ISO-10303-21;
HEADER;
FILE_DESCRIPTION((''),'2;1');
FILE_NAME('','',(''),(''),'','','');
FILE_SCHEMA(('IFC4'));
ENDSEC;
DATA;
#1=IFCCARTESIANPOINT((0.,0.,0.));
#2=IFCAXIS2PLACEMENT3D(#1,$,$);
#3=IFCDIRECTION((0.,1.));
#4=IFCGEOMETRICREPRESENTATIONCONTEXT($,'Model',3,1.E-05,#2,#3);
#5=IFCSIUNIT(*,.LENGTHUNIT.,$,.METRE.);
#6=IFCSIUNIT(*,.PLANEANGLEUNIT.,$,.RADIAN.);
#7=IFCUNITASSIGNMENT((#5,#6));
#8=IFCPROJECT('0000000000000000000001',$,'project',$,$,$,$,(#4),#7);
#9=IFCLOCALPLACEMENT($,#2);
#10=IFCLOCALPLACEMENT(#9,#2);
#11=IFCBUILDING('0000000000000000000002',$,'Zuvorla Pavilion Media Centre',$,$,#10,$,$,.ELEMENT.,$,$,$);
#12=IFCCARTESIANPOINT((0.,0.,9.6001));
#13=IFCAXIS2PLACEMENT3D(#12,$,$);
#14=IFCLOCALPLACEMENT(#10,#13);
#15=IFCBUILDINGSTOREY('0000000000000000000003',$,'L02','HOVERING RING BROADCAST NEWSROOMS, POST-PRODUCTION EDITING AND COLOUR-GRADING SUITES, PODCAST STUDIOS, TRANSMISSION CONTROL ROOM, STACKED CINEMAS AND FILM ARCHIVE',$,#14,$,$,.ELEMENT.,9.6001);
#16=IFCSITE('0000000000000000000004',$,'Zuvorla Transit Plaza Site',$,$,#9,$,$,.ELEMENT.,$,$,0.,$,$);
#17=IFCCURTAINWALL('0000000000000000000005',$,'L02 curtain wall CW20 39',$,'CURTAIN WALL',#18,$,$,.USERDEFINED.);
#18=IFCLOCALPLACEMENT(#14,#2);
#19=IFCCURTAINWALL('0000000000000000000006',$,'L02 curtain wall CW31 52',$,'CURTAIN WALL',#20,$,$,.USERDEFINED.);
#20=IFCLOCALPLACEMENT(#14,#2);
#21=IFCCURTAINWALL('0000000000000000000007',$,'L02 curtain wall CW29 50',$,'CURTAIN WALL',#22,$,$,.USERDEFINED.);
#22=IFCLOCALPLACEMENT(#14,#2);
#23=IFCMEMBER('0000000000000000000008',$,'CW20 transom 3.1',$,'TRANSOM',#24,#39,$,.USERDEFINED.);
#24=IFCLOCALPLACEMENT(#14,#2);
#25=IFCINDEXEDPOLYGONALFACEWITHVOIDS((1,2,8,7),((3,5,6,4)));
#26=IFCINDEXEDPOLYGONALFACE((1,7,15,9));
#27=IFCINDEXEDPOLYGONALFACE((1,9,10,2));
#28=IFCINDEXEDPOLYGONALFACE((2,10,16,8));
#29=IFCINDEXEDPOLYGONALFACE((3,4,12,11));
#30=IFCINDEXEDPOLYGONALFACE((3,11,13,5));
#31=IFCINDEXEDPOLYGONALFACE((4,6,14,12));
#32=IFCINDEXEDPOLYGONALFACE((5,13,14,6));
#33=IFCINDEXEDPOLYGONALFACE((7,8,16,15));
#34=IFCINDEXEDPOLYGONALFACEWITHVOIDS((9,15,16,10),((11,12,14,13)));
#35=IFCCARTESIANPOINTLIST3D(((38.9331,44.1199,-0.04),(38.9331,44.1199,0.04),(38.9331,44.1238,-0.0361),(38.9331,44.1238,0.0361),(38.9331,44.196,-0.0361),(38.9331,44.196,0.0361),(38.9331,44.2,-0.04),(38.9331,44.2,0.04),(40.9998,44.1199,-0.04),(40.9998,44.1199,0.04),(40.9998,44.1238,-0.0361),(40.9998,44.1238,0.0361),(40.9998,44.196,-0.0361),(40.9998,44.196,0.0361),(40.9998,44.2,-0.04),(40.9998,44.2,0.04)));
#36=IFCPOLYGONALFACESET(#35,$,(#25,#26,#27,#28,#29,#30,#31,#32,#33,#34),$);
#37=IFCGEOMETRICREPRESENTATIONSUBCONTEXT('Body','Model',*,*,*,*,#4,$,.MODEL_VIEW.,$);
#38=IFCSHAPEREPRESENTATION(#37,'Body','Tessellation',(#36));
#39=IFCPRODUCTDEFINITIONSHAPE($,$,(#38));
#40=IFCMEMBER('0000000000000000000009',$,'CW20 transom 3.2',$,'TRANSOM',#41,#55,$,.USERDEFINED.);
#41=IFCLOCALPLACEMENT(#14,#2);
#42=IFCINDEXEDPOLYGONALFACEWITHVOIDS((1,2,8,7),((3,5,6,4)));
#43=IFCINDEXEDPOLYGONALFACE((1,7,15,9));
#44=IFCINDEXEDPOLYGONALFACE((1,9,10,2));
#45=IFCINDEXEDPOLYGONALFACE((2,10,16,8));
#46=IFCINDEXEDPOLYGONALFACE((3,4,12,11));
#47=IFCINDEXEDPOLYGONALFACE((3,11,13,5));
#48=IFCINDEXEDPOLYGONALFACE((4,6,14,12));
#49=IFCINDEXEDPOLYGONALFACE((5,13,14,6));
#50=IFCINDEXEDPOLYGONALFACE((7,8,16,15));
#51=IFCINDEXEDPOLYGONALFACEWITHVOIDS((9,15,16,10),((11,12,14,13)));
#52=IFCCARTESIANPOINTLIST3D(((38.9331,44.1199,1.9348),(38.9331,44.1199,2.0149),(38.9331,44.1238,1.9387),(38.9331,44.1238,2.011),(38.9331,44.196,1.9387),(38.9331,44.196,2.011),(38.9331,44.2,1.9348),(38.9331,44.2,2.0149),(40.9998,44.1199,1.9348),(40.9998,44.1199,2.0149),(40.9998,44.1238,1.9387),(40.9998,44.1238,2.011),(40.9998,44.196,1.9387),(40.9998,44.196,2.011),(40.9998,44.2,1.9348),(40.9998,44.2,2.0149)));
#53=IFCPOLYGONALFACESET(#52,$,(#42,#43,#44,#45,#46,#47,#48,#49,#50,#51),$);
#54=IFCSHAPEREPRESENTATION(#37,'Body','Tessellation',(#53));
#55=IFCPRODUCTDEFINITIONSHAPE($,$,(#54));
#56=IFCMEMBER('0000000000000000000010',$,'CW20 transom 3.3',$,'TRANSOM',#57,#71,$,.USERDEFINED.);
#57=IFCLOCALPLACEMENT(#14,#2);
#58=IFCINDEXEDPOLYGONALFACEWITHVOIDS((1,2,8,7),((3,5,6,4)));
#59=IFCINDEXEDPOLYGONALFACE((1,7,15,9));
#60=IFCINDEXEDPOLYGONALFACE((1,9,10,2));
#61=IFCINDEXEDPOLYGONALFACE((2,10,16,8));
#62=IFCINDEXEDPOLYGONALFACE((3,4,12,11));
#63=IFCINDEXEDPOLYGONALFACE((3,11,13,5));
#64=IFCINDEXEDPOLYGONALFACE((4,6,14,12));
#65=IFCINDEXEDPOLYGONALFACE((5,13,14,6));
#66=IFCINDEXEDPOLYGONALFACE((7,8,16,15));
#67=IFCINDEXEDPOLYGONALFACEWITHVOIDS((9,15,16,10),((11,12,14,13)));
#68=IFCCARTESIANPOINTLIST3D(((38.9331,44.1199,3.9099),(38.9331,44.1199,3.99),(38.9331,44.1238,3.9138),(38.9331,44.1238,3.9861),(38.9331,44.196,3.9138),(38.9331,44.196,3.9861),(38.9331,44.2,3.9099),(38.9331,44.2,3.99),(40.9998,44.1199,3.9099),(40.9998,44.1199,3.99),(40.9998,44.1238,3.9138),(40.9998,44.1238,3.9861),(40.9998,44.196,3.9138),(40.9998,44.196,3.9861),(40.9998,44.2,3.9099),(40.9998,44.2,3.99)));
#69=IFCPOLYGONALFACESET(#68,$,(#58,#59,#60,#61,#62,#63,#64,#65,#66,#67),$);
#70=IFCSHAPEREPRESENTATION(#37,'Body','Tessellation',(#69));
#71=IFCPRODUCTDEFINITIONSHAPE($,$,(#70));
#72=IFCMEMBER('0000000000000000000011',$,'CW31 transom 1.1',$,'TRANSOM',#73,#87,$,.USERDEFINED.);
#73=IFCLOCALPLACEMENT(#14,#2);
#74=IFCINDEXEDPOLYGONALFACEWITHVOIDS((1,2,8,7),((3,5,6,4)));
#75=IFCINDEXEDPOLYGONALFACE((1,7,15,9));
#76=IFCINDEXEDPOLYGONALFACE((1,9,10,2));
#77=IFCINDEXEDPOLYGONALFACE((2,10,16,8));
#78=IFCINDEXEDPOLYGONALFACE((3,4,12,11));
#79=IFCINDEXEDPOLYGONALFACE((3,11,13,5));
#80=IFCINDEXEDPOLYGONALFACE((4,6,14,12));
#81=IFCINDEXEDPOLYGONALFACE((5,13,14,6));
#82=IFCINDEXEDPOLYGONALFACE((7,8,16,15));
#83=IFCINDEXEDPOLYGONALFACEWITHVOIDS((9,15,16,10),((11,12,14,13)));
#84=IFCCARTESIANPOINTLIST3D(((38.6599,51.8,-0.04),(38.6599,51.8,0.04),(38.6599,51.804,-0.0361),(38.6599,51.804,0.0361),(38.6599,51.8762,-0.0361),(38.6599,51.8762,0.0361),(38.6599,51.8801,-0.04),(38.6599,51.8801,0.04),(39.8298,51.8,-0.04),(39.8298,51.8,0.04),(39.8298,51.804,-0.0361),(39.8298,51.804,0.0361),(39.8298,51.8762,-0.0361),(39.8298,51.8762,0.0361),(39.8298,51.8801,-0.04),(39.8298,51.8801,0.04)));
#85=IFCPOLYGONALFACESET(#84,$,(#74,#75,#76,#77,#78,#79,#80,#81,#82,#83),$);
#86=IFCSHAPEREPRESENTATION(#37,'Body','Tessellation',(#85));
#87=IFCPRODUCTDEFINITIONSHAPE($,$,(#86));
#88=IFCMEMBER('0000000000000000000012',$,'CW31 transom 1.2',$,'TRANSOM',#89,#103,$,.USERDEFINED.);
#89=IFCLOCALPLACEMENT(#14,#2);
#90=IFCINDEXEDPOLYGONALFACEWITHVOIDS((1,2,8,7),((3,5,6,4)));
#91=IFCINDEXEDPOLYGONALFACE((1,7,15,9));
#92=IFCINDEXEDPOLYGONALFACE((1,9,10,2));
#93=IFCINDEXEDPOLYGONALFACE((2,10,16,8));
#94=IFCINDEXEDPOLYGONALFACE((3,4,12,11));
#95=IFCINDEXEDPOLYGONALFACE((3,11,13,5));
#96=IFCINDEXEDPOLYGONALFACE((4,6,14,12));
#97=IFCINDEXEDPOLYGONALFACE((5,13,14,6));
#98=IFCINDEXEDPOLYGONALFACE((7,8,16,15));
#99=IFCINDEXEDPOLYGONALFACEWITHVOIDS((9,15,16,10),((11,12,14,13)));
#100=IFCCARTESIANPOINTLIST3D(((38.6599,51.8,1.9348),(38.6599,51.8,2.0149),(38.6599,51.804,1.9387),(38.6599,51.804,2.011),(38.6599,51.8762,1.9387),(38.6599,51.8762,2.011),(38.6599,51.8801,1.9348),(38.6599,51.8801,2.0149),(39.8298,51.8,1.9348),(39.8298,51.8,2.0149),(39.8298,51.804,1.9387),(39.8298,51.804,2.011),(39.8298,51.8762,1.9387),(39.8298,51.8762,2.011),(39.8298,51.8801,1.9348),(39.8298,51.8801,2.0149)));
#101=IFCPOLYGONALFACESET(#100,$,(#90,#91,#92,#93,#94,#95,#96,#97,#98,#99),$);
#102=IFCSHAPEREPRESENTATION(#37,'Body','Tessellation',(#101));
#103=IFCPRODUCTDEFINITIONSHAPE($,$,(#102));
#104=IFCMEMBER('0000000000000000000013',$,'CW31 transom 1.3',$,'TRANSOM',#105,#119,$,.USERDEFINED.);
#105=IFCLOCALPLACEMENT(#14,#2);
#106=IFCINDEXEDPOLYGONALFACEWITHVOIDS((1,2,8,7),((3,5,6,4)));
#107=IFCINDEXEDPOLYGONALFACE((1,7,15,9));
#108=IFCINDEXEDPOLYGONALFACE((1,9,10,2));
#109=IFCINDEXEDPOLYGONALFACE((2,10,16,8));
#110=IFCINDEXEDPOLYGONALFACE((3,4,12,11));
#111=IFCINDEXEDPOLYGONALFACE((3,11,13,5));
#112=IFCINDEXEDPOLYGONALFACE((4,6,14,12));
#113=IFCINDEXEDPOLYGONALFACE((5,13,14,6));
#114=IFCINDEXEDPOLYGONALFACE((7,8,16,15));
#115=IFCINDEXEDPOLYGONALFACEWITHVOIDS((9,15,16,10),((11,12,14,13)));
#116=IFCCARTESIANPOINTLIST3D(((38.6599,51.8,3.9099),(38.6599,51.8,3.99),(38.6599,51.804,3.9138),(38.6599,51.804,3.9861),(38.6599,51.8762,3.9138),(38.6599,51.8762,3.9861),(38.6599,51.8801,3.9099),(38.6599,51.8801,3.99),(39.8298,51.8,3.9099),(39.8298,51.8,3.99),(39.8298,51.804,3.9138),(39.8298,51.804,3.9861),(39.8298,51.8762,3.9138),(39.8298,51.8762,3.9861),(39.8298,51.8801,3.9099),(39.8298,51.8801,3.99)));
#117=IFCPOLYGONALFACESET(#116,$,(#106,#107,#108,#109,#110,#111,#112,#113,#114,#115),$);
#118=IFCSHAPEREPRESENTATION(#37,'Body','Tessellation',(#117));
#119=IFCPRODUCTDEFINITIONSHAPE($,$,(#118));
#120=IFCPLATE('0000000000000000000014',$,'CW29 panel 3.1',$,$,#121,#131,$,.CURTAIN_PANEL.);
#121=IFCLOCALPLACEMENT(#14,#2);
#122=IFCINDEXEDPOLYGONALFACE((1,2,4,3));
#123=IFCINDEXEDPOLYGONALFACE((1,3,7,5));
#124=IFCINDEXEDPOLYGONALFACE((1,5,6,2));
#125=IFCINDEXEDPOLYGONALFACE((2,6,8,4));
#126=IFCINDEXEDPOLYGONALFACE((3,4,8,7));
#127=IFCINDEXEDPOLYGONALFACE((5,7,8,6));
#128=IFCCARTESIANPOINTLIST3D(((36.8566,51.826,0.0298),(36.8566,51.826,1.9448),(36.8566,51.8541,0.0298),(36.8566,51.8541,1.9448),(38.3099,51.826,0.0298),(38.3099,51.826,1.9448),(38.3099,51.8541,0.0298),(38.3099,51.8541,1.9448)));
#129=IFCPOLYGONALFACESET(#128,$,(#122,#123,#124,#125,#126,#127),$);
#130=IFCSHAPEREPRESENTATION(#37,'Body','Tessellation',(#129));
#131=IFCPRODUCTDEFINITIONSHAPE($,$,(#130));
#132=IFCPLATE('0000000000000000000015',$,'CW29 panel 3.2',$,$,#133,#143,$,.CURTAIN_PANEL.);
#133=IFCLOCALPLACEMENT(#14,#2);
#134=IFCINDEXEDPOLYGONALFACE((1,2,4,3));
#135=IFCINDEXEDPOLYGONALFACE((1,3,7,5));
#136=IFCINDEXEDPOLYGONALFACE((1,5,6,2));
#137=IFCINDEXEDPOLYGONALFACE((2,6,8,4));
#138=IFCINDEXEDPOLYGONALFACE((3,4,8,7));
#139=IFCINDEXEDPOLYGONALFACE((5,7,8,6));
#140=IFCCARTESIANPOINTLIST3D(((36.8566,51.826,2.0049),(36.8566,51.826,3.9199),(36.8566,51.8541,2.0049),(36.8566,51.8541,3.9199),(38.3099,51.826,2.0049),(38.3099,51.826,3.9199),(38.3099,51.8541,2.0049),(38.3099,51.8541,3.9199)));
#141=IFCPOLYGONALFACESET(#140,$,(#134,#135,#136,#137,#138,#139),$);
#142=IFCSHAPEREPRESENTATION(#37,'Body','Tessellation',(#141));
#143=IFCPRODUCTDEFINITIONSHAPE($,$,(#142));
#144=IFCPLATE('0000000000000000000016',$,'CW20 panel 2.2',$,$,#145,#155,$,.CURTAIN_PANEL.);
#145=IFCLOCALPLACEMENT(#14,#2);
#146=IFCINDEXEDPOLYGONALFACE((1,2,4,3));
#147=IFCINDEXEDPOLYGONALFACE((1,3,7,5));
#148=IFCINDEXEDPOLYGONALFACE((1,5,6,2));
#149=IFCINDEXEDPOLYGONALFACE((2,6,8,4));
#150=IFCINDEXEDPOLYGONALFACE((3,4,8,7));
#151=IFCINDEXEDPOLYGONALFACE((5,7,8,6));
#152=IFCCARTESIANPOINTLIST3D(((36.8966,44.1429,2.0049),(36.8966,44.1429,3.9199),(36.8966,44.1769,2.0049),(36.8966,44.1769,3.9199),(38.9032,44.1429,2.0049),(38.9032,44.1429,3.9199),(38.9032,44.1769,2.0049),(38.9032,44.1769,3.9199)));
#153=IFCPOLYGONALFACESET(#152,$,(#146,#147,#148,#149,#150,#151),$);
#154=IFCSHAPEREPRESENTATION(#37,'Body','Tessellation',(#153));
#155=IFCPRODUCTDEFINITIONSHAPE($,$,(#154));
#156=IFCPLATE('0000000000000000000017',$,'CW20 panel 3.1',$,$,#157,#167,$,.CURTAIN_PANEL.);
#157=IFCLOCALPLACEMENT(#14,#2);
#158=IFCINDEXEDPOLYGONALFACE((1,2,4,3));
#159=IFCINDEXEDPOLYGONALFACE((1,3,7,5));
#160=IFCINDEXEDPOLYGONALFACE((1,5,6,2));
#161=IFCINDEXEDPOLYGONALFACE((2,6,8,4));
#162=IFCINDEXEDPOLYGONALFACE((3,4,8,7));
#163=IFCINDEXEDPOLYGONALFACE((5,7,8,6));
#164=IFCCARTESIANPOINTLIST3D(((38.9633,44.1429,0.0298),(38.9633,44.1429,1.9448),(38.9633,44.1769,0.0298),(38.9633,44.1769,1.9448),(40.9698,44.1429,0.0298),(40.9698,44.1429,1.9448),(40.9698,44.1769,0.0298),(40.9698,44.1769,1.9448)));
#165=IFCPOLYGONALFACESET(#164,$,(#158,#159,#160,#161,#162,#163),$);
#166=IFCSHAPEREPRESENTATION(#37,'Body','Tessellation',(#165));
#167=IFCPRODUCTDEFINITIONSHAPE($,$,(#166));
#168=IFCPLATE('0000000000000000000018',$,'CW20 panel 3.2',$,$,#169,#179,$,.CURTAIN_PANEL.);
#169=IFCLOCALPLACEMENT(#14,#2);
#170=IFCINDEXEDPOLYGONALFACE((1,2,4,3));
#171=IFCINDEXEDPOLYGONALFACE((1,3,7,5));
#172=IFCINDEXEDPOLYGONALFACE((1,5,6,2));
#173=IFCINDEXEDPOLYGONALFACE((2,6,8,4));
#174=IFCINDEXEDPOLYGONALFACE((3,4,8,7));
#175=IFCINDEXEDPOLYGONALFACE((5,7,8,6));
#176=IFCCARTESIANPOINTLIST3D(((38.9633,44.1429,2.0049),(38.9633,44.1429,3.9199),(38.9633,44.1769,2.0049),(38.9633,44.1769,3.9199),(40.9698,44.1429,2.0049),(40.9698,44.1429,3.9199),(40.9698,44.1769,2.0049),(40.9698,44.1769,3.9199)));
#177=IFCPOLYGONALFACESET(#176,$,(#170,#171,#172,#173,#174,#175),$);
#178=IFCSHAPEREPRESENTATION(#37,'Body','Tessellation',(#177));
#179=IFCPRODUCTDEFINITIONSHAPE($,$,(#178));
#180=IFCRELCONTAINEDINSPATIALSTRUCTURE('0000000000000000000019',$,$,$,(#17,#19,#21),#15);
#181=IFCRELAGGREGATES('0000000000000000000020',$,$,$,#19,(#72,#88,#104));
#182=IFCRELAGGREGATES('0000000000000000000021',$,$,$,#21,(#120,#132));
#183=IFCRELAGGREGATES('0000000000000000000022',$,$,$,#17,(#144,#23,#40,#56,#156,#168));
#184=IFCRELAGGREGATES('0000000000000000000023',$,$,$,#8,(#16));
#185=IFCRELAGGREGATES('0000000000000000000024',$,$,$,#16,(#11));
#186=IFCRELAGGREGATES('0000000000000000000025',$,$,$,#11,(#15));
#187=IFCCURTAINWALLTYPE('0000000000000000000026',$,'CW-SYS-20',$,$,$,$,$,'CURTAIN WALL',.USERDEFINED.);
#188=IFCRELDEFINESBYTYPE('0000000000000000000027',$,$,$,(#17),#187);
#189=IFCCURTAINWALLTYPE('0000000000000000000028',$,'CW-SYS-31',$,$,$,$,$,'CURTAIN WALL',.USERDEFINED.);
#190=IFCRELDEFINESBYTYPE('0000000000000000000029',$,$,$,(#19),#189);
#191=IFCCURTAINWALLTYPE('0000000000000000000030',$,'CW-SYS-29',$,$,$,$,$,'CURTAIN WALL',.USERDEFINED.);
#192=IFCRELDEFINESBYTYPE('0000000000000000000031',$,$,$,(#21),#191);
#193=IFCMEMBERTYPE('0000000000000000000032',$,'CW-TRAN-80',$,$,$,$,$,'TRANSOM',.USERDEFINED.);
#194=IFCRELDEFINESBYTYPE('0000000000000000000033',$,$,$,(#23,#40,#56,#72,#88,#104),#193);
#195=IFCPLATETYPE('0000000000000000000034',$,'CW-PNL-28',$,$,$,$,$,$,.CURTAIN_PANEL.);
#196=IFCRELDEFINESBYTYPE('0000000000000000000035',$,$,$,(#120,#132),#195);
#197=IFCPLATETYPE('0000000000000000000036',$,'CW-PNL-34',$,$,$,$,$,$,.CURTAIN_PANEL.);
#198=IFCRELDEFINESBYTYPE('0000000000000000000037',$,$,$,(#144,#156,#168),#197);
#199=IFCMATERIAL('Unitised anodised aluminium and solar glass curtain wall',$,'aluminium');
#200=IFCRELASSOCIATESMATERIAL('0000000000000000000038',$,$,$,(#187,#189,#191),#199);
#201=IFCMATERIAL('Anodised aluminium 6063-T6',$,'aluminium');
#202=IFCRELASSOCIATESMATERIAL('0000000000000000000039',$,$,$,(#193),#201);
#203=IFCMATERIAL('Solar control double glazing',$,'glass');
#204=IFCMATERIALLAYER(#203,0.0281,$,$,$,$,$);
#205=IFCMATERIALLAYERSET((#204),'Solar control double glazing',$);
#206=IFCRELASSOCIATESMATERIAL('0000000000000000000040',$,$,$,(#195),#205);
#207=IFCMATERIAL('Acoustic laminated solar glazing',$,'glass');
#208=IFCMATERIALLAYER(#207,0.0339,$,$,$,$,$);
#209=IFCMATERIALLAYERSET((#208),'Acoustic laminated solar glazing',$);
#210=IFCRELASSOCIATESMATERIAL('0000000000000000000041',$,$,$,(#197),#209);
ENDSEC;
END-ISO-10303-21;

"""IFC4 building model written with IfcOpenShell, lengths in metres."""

from ifc_helpers import new_model, si_unit, direction, frame, origin, origin_2d, place, context, subcontext, project, spatial, rectangle, hollow_rectangle, extrude, material, layer, layer_set, material_profile, profile_set, type_object, element, aggregate, save


model = new_model("IFC4")

# Units and contexts
model_context = context("Model", 3, precision=1e-05, world=origin(), true_north=direction((0.0, 1.0)))
body_context = subcontext(model_context, "Body", "Model", "MODEL_VIEW")
ifc_project = project(units=[si_unit("LENGTHUNIT", "METRE"), si_unit("PLANEANGLEUNIT", "RADIAN")], contexts=[model_context])

# Site, building, storey
site_placement = place(None, origin())
site = spatial("IfcSite", under=ifc_project, at=site_placement, Name="Zuvorla Transit Plaza Site", CompositionType="ELEMENT", RefElevation=0.0)
building_placement = place(site_placement, origin())
building = spatial("IfcBuilding", under=site, at=building_placement, Name="Zuvorla Pavilion Media Centre", CompositionType="ELEMENT")
storey_placement = place(building_placement, frame((0.0, 0.0, 9.6001)))
storey = spatial("IfcBuildingStorey", under=building, at=storey_placement, Name="L02", Description="HOVERING RING BROADCAST NEWSROOMS, POST-PRODUCTION EDITING AND COLOUR-GRADING SUITES, PODCAST STUDIOS, TRANSMISSION CONTROL ROOM, STACKED CINEMAS AND FILM ARCHIVE", CompositionType="ELEMENT", Elevation=9.6001)

# Curtain wall
ifc_material_1 = material(Name="Unitised anodised aluminium and solar glass curtain wall", Category="aluminium")
curtain_wall_type_1 = type_object("IfcCurtainWallType", Name="CW-SYS-20", ElementType="CURTAIN WALL", PredefinedType="USERDEFINED", material=ifc_material_1)
curtain_wall_1_placement = place(storey_placement, origin())
curtain_wall_1 = element("IfcCurtainWall", 1, at=curtain_wall_1_placement, inside=storey, type_object=curtain_wall_type_1, Name="L02 curtain wall CW20 39", ObjectType="CURTAIN WALL", PredefinedType="USERDEFINED")
ifc_material_2 = material(Name="Anodised aluminium 6063-T6", Category="aluminium")

# Curtain walls
curtain_wall_type_2 = type_object("IfcCurtainWallType", Name="CW-SYS-31", ElementType="CURTAIN WALL", PredefinedType="USERDEFINED", material=ifc_material_1)
curtain_wall_2_placement = place(storey_placement, origin())
curtain_wall_2 = element("IfcCurtainWall", 2, at=curtain_wall_2_placement, inside=storey, type_object=curtain_wall_type_2, Name="L02 curtain wall CW31 52", ObjectType="CURTAIN WALL", PredefinedType="USERDEFINED")
curtain_wall_type_3 = type_object("IfcCurtainWallType", Name="CW-SYS-29", ElementType="CURTAIN WALL", PredefinedType="USERDEFINED", material=ifc_material_1)
curtain_wall_3_placement = place(storey_placement, origin())
curtain_wall_3 = element("IfcCurtainWall", 3, at=curtain_wall_3_placement, inside=storey, type_object=curtain_wall_type_3, Name="L02 curtain wall CW29 50", ObjectType="CURTAIN WALL", PredefinedType="USERDEFINED")

# Members
ifc_material_profile_1 = material_profile(ifc_material_2, hollow_rectangle(XDim=0.0801, YDim=0.0801, WallThickness=0.0039, at=origin_2d()), Name="ALU TRAN 80x80")
ifc_profile_set_1 = profile_set([ifc_material_profile_1], Name="Anodised aluminium 6063-T6")
member_type_1 = type_object("IfcMemberType", Name="CW-TRAN-80", ElementType="TRANSOM", PredefinedType="USERDEFINED", material=ifc_profile_set_1)
member_1_placement = place(storey_placement, frame((38.9331, 44.1599, 0.0), z_axis=(1.0, 0.0, 0.0), x_axis=(0.0, 1.0, 0.0)))
member_1 = element("IfcMember", 4, at=member_1_placement, type_object=member_type_1, Name="CW20 transom 3.1", ObjectType="TRANSOM", PredefinedType="USERDEFINED", context=body_context, shape_type="SweptSolid", body=[
    extrude(hollow_rectangle(XDim=0.0801, YDim=0.0801, WallThickness=0.0039, at=origin_2d()), origin(), (0.0, 0.0, 1.0), 2.0667),
])
member_2_placement = place(storey_placement, frame((38.9331, 44.1599, 1.9749), z_axis=(1.0, 0.0, 0.0), x_axis=(0.0, 1.0, 0.0)))
member_2 = element("IfcMember", 5, at=member_2_placement, type_object=member_type_1, Name="CW20 transom 3.2", ObjectType="TRANSOM", PredefinedType="USERDEFINED", context=body_context, shape_type="SweptSolid", body=[
    extrude(hollow_rectangle(XDim=0.0801, YDim=0.0801, WallThickness=0.0039, at=origin_2d()), origin(), (0.0, 0.0, 1.0), 2.0667),
])
member_3_placement = place(storey_placement, frame((38.9331, 44.1599, 3.95), z_axis=(1.0, 0.0, 0.0), x_axis=(0.0, 1.0, 0.0)))
member_3 = element("IfcMember", 6, at=member_3_placement, type_object=member_type_1, Name="CW20 transom 3.3", ObjectType="TRANSOM", PredefinedType="USERDEFINED", context=body_context, shape_type="SweptSolid", body=[
    extrude(hollow_rectangle(XDim=0.0801, YDim=0.0801, WallThickness=0.0039, at=origin_2d()), origin(), (0.0, 0.0, 1.0), 2.0667),
])
member_4_placement = place(storey_placement, frame((38.6599, 51.8401, 0.0), z_axis=(1.0, 0.0, 0.0), x_axis=(0.0, 1.0, 0.0)))
member_4 = element("IfcMember", 7, at=member_4_placement, type_object=member_type_1, Name="CW31 transom 1.1", ObjectType="TRANSOM", PredefinedType="USERDEFINED", context=body_context, shape_type="SweptSolid", body=[
    extrude(hollow_rectangle(XDim=0.0801, YDim=0.0801, WallThickness=0.0039, at=origin_2d()), origin(), (0.0, 0.0, 1.0), 1.1699),
])
member_5_placement = place(storey_placement, frame((38.6599, 51.8401, 1.9749), z_axis=(1.0, 0.0, 0.0), x_axis=(0.0, 1.0, 0.0)))
member_5 = element("IfcMember", 8, at=member_5_placement, type_object=member_type_1, Name="CW31 transom 1.2", ObjectType="TRANSOM", PredefinedType="USERDEFINED", context=body_context, shape_type="SweptSolid", body=[
    extrude(hollow_rectangle(XDim=0.0801, YDim=0.0801, WallThickness=0.0039, at=origin_2d()), origin(), (0.0, 0.0, 1.0), 1.1699),
])
member_6_placement = place(storey_placement, frame((38.6599, 51.8401, 3.95), z_axis=(1.0, 0.0, 0.0), x_axis=(0.0, 1.0, 0.0)))
member_6 = element("IfcMember", 9, at=member_6_placement, type_object=member_type_1, Name="CW31 transom 1.3", ObjectType="TRANSOM", PredefinedType="USERDEFINED", context=body_context, shape_type="SweptSolid", body=[
    extrude(hollow_rectangle(XDim=0.0801, YDim=0.0801, WallThickness=0.0039, at=origin_2d()), origin(), (0.0, 0.0, 1.0), 1.1699),
])
aggregate(curtain_wall_2, [member_4, member_5, member_6])

# Plates
ifc_material_3 = material(Name="Solar control double glazing", Category="glass")
ifc_layer_1 = layer(ifc_material_3, 0.0281)
ifc_layer_set_1 = layer_set([ifc_layer_1], Name="Solar control double glazing")
plate_type_1 = type_object("IfcPlateType", Name="CW-PNL-28", PredefinedType="CURTAIN_PANEL", material=ifc_layer_set_1)
plate_1_placement = place(storey_placement, frame((37.5833, 51.8401, 0.0298), z_axis=(0.0, 0.0, 1.0), x_axis=(1.0, 0.0, 0.0)))
plate_1 = element("IfcPlate", 10, at=plate_1_placement, type_object=plate_type_1, Name="CW29 panel 3.1", PredefinedType="CURTAIN_PANEL", context=body_context, shape_type="SweptSolid", body=[
    extrude(rectangle(XDim=1.4534, YDim=0.0281, at=origin_2d()), origin(), (0.0, 0.0, 1.0), 1.915),
])
plate_2_placement = place(storey_placement, frame((37.5833, 51.8401, 2.0049), z_axis=(0.0, 0.0, 1.0), x_axis=(1.0, 0.0, 0.0)))
plate_2 = element("IfcPlate", 11, at=plate_2_placement, type_object=plate_type_1, Name="CW29 panel 3.2", PredefinedType="CURTAIN_PANEL", context=body_context, shape_type="SweptSolid", body=[
    extrude(rectangle(XDim=1.4534, YDim=0.0281, at=origin_2d()), origin(), (0.0, 0.0, 1.0), 1.915),
])
aggregate(curtain_wall_3, [plate_1, plate_2])
ifc_material_4 = material(Name="Acoustic laminated solar glazing", Category="glass")
ifc_layer_2 = layer(ifc_material_4, 0.0339)
ifc_layer_set_2 = layer_set([ifc_layer_2], Name="Acoustic laminated solar glazing")
plate_type_2 = type_object("IfcPlateType", Name="CW-PNL-34", PredefinedType="CURTAIN_PANEL", material=ifc_layer_set_2)
plate_3_placement = place(storey_placement, frame((37.8999, 44.1599, 2.0049), z_axis=(0.0, 0.0, 1.0), x_axis=(1.0, 0.0, 0.0)))
plate_3 = element("IfcPlate", 12, at=plate_3_placement, type_object=plate_type_2, Name="CW20 panel 2.2", PredefinedType="CURTAIN_PANEL", context=body_context, shape_type="SweptSolid", body=[
    extrude(rectangle(XDim=2.0066, YDim=0.0339, at=origin_2d()), origin(), (0.0, 0.0, 1.0), 1.915),
])
plate_4_placement = place(storey_placement, frame((39.9666, 44.1599, 0.0298), z_axis=(0.0, 0.0, 1.0), x_axis=(1.0, 0.0, 0.0)))
plate_4 = element("IfcPlate", 13, at=plate_4_placement, type_object=plate_type_2, Name="CW20 panel 3.1", PredefinedType="CURTAIN_PANEL", context=body_context, shape_type="SweptSolid", body=[
    extrude(rectangle(XDim=2.0066, YDim=0.0339, at=origin_2d()), origin(), (0.0, 0.0, 1.0), 1.915),
])
plate_5_placement = place(storey_placement, frame((39.9666, 44.1599, 2.0049), z_axis=(0.0, 0.0, 1.0), x_axis=(1.0, 0.0, 0.0)))
plate_5 = element("IfcPlate", 14, at=plate_5_placement, type_object=plate_type_2, Name="CW20 panel 3.2", PredefinedType="CURTAIN_PANEL", context=body_context, shape_type="SweptSolid", body=[
    extrude(rectangle(XDim=2.0066, YDim=0.0339, at=origin_2d()), origin(), (0.0, 0.0, 1.0), 1.915),
])
aggregate(curtain_wall_1, [plate_3, member_1, member_2, member_3, plate_4, plate_5])

save(model, "model.ifc")
